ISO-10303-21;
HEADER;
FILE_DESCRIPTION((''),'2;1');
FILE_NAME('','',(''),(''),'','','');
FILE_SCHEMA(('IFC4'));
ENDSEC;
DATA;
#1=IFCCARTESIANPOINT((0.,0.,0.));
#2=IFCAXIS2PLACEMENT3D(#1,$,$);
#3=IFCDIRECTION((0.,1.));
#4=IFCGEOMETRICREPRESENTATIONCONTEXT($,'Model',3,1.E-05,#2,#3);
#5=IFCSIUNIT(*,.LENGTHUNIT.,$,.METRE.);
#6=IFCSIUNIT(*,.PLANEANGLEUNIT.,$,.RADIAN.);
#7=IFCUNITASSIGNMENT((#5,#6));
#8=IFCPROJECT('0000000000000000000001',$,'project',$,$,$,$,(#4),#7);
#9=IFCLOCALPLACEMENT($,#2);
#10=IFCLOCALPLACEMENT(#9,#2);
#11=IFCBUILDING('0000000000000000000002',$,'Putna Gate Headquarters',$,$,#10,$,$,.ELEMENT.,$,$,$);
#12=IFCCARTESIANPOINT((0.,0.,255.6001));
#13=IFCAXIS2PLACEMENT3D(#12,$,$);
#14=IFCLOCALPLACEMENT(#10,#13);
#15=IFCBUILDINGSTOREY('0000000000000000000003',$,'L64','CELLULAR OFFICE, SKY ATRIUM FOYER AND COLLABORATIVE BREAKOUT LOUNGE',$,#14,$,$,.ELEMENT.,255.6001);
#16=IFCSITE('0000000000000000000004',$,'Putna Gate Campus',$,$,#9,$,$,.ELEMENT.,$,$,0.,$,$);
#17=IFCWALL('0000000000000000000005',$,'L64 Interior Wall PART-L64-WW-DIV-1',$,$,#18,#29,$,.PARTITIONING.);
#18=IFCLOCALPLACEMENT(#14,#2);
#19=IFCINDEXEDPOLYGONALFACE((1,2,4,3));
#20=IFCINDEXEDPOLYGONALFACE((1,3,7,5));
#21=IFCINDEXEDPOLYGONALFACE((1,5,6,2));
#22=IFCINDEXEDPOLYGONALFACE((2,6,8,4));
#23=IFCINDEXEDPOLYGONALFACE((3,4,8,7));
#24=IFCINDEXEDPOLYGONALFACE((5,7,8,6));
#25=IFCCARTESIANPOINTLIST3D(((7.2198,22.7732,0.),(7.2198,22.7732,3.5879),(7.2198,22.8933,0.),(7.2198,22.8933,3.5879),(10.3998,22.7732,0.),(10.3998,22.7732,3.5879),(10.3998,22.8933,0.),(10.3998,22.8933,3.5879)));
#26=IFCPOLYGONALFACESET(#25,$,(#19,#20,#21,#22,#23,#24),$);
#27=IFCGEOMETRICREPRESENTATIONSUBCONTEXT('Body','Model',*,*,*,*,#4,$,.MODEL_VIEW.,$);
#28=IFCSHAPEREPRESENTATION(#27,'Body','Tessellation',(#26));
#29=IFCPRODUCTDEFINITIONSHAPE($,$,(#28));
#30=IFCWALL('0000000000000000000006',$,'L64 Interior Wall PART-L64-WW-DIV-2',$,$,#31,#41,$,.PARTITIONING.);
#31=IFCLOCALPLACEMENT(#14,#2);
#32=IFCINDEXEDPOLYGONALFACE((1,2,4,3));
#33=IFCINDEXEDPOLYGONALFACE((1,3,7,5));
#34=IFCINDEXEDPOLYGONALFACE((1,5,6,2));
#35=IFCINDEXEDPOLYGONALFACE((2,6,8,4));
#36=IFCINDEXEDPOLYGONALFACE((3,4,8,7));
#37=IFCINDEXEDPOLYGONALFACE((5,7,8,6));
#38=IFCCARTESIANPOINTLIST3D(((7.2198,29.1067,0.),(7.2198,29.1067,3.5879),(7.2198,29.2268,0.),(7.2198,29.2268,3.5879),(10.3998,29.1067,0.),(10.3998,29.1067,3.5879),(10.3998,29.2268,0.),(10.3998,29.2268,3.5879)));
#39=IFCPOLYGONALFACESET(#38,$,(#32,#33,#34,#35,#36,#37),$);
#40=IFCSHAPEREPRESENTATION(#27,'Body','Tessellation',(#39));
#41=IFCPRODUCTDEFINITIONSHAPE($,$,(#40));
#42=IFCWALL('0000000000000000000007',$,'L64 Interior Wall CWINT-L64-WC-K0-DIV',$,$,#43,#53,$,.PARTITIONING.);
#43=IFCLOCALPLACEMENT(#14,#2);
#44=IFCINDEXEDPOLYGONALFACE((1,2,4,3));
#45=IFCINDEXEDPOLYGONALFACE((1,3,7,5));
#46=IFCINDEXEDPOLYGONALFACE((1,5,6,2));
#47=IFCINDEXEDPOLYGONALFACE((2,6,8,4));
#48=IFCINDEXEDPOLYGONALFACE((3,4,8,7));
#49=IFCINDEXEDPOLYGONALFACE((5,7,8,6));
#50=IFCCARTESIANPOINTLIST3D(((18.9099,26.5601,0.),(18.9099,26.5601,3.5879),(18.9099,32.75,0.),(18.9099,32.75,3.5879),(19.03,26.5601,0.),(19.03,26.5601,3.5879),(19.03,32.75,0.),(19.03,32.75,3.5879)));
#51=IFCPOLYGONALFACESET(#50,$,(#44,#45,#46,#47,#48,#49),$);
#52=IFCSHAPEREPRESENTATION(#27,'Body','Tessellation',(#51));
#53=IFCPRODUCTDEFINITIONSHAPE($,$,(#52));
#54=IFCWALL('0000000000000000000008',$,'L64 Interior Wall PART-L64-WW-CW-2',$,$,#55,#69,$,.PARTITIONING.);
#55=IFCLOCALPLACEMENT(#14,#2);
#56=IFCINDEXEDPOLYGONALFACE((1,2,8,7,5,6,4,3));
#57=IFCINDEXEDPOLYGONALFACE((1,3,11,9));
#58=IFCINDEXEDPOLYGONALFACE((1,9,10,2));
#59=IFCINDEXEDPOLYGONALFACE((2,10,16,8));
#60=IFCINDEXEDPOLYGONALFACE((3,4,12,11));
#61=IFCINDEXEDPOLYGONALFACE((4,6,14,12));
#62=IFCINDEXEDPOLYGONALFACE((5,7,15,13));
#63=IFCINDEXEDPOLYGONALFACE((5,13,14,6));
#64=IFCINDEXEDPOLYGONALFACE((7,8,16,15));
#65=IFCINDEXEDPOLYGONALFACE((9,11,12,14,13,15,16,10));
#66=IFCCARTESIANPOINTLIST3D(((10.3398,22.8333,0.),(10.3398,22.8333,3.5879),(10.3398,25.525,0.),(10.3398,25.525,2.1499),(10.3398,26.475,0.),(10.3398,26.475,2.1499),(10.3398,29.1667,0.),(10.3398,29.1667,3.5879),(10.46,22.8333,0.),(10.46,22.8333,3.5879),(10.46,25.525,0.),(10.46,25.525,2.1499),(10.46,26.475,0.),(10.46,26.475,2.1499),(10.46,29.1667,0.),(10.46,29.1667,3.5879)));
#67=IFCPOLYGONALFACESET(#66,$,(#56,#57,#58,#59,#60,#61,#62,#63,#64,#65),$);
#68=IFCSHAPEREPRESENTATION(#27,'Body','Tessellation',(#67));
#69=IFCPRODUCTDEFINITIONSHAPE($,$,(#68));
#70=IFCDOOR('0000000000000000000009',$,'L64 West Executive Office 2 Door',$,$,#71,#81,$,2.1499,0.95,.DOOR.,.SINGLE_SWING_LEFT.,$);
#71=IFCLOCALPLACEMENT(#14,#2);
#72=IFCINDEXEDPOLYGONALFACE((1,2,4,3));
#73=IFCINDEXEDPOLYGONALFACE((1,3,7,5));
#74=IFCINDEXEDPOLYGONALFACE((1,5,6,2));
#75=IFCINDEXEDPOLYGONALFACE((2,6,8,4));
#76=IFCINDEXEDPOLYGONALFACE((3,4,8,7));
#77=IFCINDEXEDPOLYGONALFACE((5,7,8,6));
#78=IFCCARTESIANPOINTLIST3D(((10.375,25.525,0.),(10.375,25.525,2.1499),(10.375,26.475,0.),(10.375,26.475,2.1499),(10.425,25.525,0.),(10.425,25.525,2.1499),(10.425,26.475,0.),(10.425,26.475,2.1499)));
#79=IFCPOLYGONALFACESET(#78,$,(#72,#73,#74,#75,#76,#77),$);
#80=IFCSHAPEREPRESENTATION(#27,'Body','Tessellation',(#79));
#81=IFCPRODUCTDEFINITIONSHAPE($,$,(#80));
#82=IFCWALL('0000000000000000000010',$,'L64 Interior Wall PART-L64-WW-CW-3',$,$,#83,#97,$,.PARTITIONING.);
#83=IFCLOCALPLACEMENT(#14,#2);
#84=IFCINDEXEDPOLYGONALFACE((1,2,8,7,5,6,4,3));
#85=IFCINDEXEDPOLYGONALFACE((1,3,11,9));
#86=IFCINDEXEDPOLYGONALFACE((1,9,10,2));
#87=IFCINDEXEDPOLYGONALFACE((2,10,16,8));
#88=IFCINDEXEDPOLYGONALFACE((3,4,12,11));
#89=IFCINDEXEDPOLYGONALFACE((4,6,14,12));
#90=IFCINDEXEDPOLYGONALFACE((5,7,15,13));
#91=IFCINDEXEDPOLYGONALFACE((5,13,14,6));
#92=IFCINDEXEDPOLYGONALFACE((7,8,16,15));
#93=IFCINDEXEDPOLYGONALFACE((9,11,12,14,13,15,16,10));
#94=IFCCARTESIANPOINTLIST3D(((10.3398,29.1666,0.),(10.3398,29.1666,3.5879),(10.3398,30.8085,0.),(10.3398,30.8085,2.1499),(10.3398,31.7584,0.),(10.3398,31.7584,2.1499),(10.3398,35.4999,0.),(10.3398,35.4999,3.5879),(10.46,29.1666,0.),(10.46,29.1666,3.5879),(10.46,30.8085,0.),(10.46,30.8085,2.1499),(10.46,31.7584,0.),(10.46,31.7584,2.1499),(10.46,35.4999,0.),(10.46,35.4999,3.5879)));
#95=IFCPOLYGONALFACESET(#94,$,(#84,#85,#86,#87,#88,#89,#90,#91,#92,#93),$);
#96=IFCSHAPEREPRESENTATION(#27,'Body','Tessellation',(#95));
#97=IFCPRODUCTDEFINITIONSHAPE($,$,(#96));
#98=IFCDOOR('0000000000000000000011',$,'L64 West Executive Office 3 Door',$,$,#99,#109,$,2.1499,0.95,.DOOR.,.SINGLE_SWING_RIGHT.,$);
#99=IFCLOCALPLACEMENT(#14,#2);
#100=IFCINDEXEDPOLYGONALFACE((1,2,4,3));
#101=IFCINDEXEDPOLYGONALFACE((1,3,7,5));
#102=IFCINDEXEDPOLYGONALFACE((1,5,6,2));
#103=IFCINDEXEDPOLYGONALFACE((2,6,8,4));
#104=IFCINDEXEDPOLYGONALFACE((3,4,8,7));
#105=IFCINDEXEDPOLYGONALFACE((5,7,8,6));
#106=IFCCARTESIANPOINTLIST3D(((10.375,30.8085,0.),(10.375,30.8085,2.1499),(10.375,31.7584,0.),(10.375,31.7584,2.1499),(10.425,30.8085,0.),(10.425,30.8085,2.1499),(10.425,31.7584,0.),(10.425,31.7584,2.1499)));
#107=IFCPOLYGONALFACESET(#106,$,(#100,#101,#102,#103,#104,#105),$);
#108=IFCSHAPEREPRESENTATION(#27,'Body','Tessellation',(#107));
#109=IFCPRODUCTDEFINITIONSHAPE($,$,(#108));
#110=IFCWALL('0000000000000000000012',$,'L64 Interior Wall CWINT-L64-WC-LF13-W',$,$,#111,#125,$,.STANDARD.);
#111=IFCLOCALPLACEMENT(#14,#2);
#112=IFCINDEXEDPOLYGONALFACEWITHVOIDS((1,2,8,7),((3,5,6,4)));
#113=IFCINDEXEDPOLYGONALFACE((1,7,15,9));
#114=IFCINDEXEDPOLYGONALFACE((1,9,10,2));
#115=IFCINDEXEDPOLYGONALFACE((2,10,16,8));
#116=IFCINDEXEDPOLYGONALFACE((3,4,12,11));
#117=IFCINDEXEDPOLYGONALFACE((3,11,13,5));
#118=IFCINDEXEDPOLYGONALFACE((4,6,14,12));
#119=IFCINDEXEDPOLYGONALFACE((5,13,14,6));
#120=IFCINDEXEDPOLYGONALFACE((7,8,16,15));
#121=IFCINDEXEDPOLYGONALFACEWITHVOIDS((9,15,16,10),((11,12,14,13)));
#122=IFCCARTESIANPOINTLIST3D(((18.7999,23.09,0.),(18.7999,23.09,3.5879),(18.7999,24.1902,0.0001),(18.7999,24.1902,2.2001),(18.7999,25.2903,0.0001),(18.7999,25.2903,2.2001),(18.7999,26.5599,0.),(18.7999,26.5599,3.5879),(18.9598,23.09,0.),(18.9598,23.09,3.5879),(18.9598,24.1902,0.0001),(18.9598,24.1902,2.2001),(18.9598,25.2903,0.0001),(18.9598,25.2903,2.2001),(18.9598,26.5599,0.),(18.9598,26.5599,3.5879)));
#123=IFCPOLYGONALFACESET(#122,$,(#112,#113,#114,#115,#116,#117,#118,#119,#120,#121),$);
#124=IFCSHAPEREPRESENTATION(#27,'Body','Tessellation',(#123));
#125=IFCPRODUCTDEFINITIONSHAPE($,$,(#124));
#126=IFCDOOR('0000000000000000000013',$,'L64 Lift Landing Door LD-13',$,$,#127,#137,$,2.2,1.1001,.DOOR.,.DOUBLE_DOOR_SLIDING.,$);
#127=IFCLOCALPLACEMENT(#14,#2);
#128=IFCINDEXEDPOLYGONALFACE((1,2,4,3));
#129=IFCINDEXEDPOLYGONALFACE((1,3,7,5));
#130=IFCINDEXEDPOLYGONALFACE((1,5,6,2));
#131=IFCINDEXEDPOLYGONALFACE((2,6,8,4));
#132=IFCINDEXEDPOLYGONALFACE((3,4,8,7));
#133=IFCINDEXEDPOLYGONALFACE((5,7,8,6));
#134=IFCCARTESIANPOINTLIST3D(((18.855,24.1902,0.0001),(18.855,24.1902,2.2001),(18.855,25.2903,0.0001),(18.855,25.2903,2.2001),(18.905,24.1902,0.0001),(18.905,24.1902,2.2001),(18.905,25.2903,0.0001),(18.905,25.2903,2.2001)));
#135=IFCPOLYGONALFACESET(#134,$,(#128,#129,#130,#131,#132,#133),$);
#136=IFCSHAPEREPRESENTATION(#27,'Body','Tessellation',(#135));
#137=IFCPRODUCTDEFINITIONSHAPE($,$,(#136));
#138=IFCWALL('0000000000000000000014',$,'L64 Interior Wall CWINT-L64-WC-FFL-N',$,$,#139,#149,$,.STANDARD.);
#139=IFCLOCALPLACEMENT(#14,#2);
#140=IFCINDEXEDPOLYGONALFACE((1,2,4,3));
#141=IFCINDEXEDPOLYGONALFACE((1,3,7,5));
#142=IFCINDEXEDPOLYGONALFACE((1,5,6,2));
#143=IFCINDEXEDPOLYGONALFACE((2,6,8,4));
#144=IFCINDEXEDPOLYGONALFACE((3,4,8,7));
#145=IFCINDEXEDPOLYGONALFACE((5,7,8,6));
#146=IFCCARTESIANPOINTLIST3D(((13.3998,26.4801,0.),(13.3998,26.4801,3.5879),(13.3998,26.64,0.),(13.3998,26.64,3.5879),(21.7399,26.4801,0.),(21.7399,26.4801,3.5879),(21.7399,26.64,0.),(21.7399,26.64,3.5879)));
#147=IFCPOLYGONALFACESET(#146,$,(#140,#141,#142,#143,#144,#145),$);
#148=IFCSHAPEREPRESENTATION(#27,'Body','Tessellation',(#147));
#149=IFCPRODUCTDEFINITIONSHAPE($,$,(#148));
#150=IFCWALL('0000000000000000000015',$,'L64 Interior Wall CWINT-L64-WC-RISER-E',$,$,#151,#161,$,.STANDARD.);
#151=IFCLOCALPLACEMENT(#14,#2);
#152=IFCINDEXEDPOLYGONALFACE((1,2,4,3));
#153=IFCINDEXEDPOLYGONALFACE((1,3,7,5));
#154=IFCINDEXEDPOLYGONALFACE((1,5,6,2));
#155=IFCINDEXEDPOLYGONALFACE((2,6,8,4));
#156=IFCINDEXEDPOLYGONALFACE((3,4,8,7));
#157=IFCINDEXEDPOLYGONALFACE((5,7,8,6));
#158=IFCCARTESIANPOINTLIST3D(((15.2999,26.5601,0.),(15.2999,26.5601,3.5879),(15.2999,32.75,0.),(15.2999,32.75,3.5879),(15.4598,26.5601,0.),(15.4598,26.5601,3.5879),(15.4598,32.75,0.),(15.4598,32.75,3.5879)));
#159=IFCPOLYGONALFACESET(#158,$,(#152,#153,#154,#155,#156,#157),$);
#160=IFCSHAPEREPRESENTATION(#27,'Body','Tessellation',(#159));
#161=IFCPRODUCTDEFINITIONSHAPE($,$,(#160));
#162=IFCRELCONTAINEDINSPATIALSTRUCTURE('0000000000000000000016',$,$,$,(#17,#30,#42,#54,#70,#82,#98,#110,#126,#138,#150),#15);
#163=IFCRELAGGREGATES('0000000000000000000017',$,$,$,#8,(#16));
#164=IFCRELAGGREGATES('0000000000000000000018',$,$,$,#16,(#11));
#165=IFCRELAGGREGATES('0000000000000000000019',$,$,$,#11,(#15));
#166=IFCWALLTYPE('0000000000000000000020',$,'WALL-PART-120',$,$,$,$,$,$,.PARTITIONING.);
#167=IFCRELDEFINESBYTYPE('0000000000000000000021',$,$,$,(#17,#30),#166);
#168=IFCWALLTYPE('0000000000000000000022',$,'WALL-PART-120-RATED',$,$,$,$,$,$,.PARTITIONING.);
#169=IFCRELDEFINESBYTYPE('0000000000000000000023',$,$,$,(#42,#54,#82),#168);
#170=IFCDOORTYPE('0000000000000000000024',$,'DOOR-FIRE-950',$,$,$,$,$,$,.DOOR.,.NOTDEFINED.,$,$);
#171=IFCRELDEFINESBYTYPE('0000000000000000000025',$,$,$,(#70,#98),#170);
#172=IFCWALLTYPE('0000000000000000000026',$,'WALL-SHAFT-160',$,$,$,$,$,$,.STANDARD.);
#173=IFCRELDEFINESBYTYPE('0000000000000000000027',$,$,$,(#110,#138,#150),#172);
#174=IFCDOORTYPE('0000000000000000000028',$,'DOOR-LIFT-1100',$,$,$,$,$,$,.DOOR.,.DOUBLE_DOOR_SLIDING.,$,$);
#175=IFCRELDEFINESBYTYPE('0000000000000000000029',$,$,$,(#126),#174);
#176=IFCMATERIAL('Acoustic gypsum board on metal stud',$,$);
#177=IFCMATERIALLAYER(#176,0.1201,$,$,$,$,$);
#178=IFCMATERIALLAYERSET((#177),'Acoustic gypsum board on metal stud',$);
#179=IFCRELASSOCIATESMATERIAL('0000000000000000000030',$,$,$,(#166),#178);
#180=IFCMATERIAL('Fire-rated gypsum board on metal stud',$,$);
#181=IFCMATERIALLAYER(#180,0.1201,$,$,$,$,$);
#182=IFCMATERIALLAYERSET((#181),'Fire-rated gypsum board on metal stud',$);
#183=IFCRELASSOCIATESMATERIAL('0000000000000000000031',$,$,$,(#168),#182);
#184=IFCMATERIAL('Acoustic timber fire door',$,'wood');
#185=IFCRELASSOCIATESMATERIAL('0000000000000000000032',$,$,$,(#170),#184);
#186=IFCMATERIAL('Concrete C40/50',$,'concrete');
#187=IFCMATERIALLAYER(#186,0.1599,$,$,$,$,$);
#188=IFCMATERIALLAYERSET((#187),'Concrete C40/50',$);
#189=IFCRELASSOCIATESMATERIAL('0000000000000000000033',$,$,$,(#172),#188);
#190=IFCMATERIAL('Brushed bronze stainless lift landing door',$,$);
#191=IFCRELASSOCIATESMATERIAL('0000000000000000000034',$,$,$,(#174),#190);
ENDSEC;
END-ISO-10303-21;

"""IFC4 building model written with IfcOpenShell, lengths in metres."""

from ifc_helpers import new_model, si_unit, direction, frame, frame_2d, origin, place, context, subcontext, project, spatial, rectangle, extrude, material, layer, layer_set, type_object, element, fill, save


model = new_model("IFC4")

# Units and contexts
model_context = context("Model", 3, precision=1e-05, world=origin(), true_north=direction((0.0, 1.0)))
body_context = subcontext(model_context, "Body", "Model", "MODEL_VIEW")
ifc_project = project(units=[si_unit("LENGTHUNIT", "METRE"), si_unit("PLANEANGLEUNIT", "RADIAN")], contexts=[model_context])

# Site, building, storey
site_placement = place(None, origin())
site = spatial("IfcSite", under=ifc_project, at=site_placement, Name="Putna Gate Campus", CompositionType="ELEMENT", RefElevation=0.0)
building_placement = place(site_placement, origin())
building = spatial("IfcBuilding", under=site, at=building_placement, Name="Putna Gate Headquarters", CompositionType="ELEMENT")
storey_placement = place(building_placement, frame((0.0, 0.0, 255.6001)))
storey = spatial("IfcBuildingStorey", under=building, at=storey_placement, Name="L64", Description="CELLULAR OFFICE, SKY ATRIUM FOYER AND COLLABORATIVE BREAKOUT LOUNGE", CompositionType="ELEMENT", Elevation=255.6001)

# Walls
ifc_material_1 = material(Name="Acoustic gypsum board on metal stud")
ifc_layer_1 = layer(ifc_material_1, 0.1201)
ifc_layer_set_1 = layer_set([ifc_layer_1], Name="Acoustic gypsum board on metal stud")
wall_type_1 = type_object("IfcWallType", Name="WALL-PART-120", PredefinedType="PARTITIONING", material=ifc_layer_set_1)
for number, where, z_axis, x_axis, name in (
    (1, (7.22, 22.8333, 0.0), (0.0, 0.0, 1.0), (1.0, 0.0, 0.0), "L64 Interior Wall PART-L64-WW-DIV-1"),
    (2, (7.22, 29.1667, 0.0), (0.0, 0.0, 1.0), (1.0, 0.0, 0.0), "L64 Interior Wall PART-L64-WW-DIV-2"),
):
    element("IfcWall", number, at=place(storey_placement, frame(where, z_axis=z_axis, x_axis=x_axis)), inside=storey, type_object=wall_type_1, Name=name, PredefinedType="PARTITIONING", context=body_context, shape_type="SweptSolid", body=[
        extrude(rectangle(XDim=3.1799, YDim=0.1201, at=frame_2d((1.5898, 0.0))), origin(), (0.0, 0.0, 1.0), 3.5879),
    ])
ifc_material_2 = material(Name="Fire-rated gypsum board on metal stud")
ifc_layer_2 = layer(ifc_material_2, 0.1201)
ifc_layer_set_2 = layer_set([ifc_layer_2], Name="Fire-rated gypsum board on metal stud")
wall_type_2 = type_object("IfcWallType", Name="WALL-PART-120-RATED", PredefinedType="PARTITIONING", material=ifc_layer_set_2)
wall_1_placement = place(storey_placement, frame((18.97, 26.5601, 0.0), z_axis=(0.0, 0.0, 1.0), x_axis=(0.0, 1.0, 0.0)))
element("IfcWall", 3, at=wall_1_placement, inside=storey, type_object=wall_type_2, Name="L64 Interior Wall CWINT-L64-WC-K0-DIV", PredefinedType="PARTITIONING", context=body_context, shape_type="SweptSolid", body=[
    extrude(rectangle(XDim=6.1899, YDim=0.1201, at=frame_2d((3.095, 0.0))), origin(), (0.0, 0.0, 1.0), 3.5879),
])

# Walls, openings, doors
wall_2_placement = place(storey_placement, frame((10.3999, 22.8333, 0.0), z_axis=(0.0, 0.0, 1.0), x_axis=(0.0, 1.0, 0.0)))
wall_2 = element("IfcWall", 4, at=wall_2_placement, inside=storey, type_object=wall_type_2, Name="L64 Interior Wall PART-L64-WW-CW-2", PredefinedType="PARTITIONING", context=body_context, shape_type="SweptSolid", body=[
    extrude(rectangle(XDim=6.3335, YDim=0.1201, at=frame_2d((3.1667, 0.0))), origin(), (0.0, 0.0, 1.0), 3.5879),
])
opening_1_placement = place(wall_2_placement, frame((2.6917, 0.0, 0.0)))
opening_1 = element("IfcOpeningElement", 5, at=opening_1_placement, cuts=wall_2, PredefinedType="OPENING", context=body_context, shape_type="SweptSolid", body=[
    extrude(rectangle(XDim=0.95, YDim=2.1499, at=frame_2d((0.4751, 1.075))), frame((0.0, 0.0701, 0.0), z_axis=(0.0, -1.0, 0.0), x_axis=(1.0, 0.0, 0.0)), (0.0, 0.0, 1.0), 0.1401),
])
ifc_material_3 = material(Name="Acoustic timber fire door", Category="wood")
door_type_1 = type_object("IfcDoorType", Name="DOOR-FIRE-950", OperationType="NOTDEFINED", PredefinedType="DOOR", material=ifc_material_3)
door_1_placement = place(opening_1_placement, origin())
door_1 = element("IfcDoor", 6, at=door_1_placement, inside=storey, type_object=door_type_1, Name="L64 West Executive Office 2 Door", OperationType="SINGLE_SWING_LEFT", OverallHeight=2.1499, OverallWidth=0.95, PredefinedType="DOOR", context=body_context, shape_type="SweptSolid", body=[
    extrude(rectangle(XDim=0.95, YDim=2.1499, at=frame_2d((0.4751, 1.075))), frame((0.0, 0.0249, 0.0), z_axis=(0.0, -1.0, 0.0), x_axis=(1.0, 0.0, 0.0)), (0.0, 0.0, 1.0), 0.05),
])
fill(opening_1, door_1)
wall_3_placement = place(storey_placement, frame((10.3999, 29.1667, 0.0), z_axis=(0.0, 0.0, 1.0), x_axis=(0.0, 1.0, 0.0)))
wall_3 = element("IfcWall", 7, at=wall_3_placement, inside=storey, type_object=wall_type_2, Name="L64 Interior Wall PART-L64-WW-CW-3", PredefinedType="PARTITIONING", context=body_context, shape_type="SweptSolid", body=[
    extrude(rectangle(XDim=6.3333, YDim=0.1201, at=frame_2d((3.1665, 0.0))), origin(), (0.0, 0.0, 1.0), 3.5879),
])
opening_2_placement = place(wall_3_placement, frame((1.6416, 0.0, 0.0)))
opening_2 = element("IfcOpeningElement", 8, at=opening_2_placement, cuts=wall_3, PredefinedType="OPENING", context=body_context, shape_type="SweptSolid", body=[
    extrude(rectangle(XDim=0.95, YDim=2.1499, at=frame_2d((0.4751, 1.075))), frame((0.0, 0.0701, 0.0), z_axis=(0.0, -1.0, 0.0), x_axis=(1.0, 0.0, 0.0)), (0.0, 0.0, 1.0), 0.1401),
])
door_2_placement = place(opening_2_placement, origin())
door_2 = element("IfcDoor", 9, at=door_2_placement, inside=storey, type_object=door_type_1, Name="L64 West Executive Office 3 Door", OperationType="SINGLE_SWING_RIGHT", OverallHeight=2.1499, OverallWidth=0.95, PredefinedType="DOOR", context=body_context, shape_type="SweptSolid", body=[
    extrude(rectangle(XDim=0.95, YDim=2.1499, at=frame_2d((0.4751, 1.075))), frame((0.0, 0.0249, 0.0), z_axis=(0.0, -1.0, 0.0), x_axis=(1.0, 0.0, 0.0)), (0.0, 0.0, 1.0), 0.05),
])
fill(opening_2, door_2)
ifc_material_4 = material(Name="Concrete C40/50", Category="concrete")
ifc_layer_3 = layer(ifc_material_4, 0.1599)
ifc_layer_set_3 = layer_set([ifc_layer_3], Name="Concrete C40/50")
wall_type_3 = type_object("IfcWallType", Name="WALL-SHAFT-160", PredefinedType="STANDARD", material=ifc_layer_set_3)
wall_4_placement = place(storey_placement, frame((18.8799, 23.0901, 0.0), z_axis=(0.0, 0.0, 1.0), x_axis=(0.0, 1.0, 0.0)))
wall_4 = element("IfcWall", 10, at=wall_4_placement, inside=storey, type_object=wall_type_3, Name="L64 Interior Wall CWINT-L64-WC-LF13-W", PredefinedType="STANDARD", context=body_context, shape_type="SweptSolid", body=[
    extrude(rectangle(XDim=3.47, YDim=0.1599, at=frame_2d((1.7349, 0.0))), origin(), (0.0, 0.0, 1.0), 3.5879),
])
opening_3_placement = place(wall_4_placement, frame((1.1001, 0.0, 0.0)))
opening_3 = element("IfcOpeningElement", 11, at=opening_3_placement, cuts=wall_4, PredefinedType="OPENING", context=body_context, shape_type="SweptSolid", body=[
    extrude(rectangle(XDim=1.1001, YDim=2.2, at=frame_2d((0.55, 1.1001))), frame((0.0, 0.0898, 0.0), z_axis=(0.0, -1.0, 0.0), x_axis=(1.0, 0.0, 0.0)), (0.0, 0.0, 1.0), 0.1799),
])
ifc_material_5 = material(Name="Brushed bronze stainless lift landing door")
door_type_2 = type_object("IfcDoorType", Name="DOOR-LIFT-1100", OperationType="DOUBLE_DOOR_SLIDING", PredefinedType="DOOR", material=ifc_material_5)
door_3_placement = place(opening_3_placement, origin())
door_3 = element("IfcDoor", 12, at=door_3_placement, inside=storey, type_object=door_type_2, Name="L64 Lift Landing Door LD-13", OperationType="DOUBLE_DOOR_SLIDING", OverallHeight=2.2, OverallWidth=1.1001, PredefinedType="DOOR", context=body_context, shape_type="SweptSolid", body=[
    extrude(rectangle(XDim=1.1001, YDim=2.2, at=frame_2d((0.55, 1.1001))), frame((0.0, 0.0249, 0.0), z_axis=(0.0, -1.0, 0.0), x_axis=(1.0, 0.0, 0.0)), (0.0, 0.0, 1.0), 0.05),
])
fill(opening_3, door_3)

# Walls
wall_5_placement = place(storey_placement, frame((13.3999, 26.5601, 0.0), z_axis=(0.0, 0.0, 1.0), x_axis=(1.0, 0.0, 0.0)))
element("IfcWall", 13, at=wall_5_placement, inside=storey, type_object=wall_type_3, Name="L64 Interior Wall CWINT-L64-WC-FFL-N", PredefinedType="STANDARD", context=body_context, shape_type="SweptSolid", body=[
    extrude(rectangle(XDim=8.3401, YDim=0.1599, at=frame_2d((4.1699, 0.0))), origin(), (0.0, 0.0, 1.0), 3.5879),
])
wall_6_placement = place(storey_placement, frame((15.3799, 26.5601, 0.0), z_axis=(0.0, 0.0, 1.0), x_axis=(0.0, 1.0, 0.0)))
element("IfcWall", 14, at=wall_6_placement, inside=storey, type_object=wall_type_3, Name="L64 Interior Wall CWINT-L64-WC-RISER-E", PredefinedType="STANDARD", context=body_context, shape_type="SweptSolid", body=[
    extrude(rectangle(XDim=6.1899, YDim=0.1599, at=frame_2d((3.095, 0.0))), origin(), (0.0, 0.0, 1.0), 3.5879),
])

save(model, "model.ifc")
